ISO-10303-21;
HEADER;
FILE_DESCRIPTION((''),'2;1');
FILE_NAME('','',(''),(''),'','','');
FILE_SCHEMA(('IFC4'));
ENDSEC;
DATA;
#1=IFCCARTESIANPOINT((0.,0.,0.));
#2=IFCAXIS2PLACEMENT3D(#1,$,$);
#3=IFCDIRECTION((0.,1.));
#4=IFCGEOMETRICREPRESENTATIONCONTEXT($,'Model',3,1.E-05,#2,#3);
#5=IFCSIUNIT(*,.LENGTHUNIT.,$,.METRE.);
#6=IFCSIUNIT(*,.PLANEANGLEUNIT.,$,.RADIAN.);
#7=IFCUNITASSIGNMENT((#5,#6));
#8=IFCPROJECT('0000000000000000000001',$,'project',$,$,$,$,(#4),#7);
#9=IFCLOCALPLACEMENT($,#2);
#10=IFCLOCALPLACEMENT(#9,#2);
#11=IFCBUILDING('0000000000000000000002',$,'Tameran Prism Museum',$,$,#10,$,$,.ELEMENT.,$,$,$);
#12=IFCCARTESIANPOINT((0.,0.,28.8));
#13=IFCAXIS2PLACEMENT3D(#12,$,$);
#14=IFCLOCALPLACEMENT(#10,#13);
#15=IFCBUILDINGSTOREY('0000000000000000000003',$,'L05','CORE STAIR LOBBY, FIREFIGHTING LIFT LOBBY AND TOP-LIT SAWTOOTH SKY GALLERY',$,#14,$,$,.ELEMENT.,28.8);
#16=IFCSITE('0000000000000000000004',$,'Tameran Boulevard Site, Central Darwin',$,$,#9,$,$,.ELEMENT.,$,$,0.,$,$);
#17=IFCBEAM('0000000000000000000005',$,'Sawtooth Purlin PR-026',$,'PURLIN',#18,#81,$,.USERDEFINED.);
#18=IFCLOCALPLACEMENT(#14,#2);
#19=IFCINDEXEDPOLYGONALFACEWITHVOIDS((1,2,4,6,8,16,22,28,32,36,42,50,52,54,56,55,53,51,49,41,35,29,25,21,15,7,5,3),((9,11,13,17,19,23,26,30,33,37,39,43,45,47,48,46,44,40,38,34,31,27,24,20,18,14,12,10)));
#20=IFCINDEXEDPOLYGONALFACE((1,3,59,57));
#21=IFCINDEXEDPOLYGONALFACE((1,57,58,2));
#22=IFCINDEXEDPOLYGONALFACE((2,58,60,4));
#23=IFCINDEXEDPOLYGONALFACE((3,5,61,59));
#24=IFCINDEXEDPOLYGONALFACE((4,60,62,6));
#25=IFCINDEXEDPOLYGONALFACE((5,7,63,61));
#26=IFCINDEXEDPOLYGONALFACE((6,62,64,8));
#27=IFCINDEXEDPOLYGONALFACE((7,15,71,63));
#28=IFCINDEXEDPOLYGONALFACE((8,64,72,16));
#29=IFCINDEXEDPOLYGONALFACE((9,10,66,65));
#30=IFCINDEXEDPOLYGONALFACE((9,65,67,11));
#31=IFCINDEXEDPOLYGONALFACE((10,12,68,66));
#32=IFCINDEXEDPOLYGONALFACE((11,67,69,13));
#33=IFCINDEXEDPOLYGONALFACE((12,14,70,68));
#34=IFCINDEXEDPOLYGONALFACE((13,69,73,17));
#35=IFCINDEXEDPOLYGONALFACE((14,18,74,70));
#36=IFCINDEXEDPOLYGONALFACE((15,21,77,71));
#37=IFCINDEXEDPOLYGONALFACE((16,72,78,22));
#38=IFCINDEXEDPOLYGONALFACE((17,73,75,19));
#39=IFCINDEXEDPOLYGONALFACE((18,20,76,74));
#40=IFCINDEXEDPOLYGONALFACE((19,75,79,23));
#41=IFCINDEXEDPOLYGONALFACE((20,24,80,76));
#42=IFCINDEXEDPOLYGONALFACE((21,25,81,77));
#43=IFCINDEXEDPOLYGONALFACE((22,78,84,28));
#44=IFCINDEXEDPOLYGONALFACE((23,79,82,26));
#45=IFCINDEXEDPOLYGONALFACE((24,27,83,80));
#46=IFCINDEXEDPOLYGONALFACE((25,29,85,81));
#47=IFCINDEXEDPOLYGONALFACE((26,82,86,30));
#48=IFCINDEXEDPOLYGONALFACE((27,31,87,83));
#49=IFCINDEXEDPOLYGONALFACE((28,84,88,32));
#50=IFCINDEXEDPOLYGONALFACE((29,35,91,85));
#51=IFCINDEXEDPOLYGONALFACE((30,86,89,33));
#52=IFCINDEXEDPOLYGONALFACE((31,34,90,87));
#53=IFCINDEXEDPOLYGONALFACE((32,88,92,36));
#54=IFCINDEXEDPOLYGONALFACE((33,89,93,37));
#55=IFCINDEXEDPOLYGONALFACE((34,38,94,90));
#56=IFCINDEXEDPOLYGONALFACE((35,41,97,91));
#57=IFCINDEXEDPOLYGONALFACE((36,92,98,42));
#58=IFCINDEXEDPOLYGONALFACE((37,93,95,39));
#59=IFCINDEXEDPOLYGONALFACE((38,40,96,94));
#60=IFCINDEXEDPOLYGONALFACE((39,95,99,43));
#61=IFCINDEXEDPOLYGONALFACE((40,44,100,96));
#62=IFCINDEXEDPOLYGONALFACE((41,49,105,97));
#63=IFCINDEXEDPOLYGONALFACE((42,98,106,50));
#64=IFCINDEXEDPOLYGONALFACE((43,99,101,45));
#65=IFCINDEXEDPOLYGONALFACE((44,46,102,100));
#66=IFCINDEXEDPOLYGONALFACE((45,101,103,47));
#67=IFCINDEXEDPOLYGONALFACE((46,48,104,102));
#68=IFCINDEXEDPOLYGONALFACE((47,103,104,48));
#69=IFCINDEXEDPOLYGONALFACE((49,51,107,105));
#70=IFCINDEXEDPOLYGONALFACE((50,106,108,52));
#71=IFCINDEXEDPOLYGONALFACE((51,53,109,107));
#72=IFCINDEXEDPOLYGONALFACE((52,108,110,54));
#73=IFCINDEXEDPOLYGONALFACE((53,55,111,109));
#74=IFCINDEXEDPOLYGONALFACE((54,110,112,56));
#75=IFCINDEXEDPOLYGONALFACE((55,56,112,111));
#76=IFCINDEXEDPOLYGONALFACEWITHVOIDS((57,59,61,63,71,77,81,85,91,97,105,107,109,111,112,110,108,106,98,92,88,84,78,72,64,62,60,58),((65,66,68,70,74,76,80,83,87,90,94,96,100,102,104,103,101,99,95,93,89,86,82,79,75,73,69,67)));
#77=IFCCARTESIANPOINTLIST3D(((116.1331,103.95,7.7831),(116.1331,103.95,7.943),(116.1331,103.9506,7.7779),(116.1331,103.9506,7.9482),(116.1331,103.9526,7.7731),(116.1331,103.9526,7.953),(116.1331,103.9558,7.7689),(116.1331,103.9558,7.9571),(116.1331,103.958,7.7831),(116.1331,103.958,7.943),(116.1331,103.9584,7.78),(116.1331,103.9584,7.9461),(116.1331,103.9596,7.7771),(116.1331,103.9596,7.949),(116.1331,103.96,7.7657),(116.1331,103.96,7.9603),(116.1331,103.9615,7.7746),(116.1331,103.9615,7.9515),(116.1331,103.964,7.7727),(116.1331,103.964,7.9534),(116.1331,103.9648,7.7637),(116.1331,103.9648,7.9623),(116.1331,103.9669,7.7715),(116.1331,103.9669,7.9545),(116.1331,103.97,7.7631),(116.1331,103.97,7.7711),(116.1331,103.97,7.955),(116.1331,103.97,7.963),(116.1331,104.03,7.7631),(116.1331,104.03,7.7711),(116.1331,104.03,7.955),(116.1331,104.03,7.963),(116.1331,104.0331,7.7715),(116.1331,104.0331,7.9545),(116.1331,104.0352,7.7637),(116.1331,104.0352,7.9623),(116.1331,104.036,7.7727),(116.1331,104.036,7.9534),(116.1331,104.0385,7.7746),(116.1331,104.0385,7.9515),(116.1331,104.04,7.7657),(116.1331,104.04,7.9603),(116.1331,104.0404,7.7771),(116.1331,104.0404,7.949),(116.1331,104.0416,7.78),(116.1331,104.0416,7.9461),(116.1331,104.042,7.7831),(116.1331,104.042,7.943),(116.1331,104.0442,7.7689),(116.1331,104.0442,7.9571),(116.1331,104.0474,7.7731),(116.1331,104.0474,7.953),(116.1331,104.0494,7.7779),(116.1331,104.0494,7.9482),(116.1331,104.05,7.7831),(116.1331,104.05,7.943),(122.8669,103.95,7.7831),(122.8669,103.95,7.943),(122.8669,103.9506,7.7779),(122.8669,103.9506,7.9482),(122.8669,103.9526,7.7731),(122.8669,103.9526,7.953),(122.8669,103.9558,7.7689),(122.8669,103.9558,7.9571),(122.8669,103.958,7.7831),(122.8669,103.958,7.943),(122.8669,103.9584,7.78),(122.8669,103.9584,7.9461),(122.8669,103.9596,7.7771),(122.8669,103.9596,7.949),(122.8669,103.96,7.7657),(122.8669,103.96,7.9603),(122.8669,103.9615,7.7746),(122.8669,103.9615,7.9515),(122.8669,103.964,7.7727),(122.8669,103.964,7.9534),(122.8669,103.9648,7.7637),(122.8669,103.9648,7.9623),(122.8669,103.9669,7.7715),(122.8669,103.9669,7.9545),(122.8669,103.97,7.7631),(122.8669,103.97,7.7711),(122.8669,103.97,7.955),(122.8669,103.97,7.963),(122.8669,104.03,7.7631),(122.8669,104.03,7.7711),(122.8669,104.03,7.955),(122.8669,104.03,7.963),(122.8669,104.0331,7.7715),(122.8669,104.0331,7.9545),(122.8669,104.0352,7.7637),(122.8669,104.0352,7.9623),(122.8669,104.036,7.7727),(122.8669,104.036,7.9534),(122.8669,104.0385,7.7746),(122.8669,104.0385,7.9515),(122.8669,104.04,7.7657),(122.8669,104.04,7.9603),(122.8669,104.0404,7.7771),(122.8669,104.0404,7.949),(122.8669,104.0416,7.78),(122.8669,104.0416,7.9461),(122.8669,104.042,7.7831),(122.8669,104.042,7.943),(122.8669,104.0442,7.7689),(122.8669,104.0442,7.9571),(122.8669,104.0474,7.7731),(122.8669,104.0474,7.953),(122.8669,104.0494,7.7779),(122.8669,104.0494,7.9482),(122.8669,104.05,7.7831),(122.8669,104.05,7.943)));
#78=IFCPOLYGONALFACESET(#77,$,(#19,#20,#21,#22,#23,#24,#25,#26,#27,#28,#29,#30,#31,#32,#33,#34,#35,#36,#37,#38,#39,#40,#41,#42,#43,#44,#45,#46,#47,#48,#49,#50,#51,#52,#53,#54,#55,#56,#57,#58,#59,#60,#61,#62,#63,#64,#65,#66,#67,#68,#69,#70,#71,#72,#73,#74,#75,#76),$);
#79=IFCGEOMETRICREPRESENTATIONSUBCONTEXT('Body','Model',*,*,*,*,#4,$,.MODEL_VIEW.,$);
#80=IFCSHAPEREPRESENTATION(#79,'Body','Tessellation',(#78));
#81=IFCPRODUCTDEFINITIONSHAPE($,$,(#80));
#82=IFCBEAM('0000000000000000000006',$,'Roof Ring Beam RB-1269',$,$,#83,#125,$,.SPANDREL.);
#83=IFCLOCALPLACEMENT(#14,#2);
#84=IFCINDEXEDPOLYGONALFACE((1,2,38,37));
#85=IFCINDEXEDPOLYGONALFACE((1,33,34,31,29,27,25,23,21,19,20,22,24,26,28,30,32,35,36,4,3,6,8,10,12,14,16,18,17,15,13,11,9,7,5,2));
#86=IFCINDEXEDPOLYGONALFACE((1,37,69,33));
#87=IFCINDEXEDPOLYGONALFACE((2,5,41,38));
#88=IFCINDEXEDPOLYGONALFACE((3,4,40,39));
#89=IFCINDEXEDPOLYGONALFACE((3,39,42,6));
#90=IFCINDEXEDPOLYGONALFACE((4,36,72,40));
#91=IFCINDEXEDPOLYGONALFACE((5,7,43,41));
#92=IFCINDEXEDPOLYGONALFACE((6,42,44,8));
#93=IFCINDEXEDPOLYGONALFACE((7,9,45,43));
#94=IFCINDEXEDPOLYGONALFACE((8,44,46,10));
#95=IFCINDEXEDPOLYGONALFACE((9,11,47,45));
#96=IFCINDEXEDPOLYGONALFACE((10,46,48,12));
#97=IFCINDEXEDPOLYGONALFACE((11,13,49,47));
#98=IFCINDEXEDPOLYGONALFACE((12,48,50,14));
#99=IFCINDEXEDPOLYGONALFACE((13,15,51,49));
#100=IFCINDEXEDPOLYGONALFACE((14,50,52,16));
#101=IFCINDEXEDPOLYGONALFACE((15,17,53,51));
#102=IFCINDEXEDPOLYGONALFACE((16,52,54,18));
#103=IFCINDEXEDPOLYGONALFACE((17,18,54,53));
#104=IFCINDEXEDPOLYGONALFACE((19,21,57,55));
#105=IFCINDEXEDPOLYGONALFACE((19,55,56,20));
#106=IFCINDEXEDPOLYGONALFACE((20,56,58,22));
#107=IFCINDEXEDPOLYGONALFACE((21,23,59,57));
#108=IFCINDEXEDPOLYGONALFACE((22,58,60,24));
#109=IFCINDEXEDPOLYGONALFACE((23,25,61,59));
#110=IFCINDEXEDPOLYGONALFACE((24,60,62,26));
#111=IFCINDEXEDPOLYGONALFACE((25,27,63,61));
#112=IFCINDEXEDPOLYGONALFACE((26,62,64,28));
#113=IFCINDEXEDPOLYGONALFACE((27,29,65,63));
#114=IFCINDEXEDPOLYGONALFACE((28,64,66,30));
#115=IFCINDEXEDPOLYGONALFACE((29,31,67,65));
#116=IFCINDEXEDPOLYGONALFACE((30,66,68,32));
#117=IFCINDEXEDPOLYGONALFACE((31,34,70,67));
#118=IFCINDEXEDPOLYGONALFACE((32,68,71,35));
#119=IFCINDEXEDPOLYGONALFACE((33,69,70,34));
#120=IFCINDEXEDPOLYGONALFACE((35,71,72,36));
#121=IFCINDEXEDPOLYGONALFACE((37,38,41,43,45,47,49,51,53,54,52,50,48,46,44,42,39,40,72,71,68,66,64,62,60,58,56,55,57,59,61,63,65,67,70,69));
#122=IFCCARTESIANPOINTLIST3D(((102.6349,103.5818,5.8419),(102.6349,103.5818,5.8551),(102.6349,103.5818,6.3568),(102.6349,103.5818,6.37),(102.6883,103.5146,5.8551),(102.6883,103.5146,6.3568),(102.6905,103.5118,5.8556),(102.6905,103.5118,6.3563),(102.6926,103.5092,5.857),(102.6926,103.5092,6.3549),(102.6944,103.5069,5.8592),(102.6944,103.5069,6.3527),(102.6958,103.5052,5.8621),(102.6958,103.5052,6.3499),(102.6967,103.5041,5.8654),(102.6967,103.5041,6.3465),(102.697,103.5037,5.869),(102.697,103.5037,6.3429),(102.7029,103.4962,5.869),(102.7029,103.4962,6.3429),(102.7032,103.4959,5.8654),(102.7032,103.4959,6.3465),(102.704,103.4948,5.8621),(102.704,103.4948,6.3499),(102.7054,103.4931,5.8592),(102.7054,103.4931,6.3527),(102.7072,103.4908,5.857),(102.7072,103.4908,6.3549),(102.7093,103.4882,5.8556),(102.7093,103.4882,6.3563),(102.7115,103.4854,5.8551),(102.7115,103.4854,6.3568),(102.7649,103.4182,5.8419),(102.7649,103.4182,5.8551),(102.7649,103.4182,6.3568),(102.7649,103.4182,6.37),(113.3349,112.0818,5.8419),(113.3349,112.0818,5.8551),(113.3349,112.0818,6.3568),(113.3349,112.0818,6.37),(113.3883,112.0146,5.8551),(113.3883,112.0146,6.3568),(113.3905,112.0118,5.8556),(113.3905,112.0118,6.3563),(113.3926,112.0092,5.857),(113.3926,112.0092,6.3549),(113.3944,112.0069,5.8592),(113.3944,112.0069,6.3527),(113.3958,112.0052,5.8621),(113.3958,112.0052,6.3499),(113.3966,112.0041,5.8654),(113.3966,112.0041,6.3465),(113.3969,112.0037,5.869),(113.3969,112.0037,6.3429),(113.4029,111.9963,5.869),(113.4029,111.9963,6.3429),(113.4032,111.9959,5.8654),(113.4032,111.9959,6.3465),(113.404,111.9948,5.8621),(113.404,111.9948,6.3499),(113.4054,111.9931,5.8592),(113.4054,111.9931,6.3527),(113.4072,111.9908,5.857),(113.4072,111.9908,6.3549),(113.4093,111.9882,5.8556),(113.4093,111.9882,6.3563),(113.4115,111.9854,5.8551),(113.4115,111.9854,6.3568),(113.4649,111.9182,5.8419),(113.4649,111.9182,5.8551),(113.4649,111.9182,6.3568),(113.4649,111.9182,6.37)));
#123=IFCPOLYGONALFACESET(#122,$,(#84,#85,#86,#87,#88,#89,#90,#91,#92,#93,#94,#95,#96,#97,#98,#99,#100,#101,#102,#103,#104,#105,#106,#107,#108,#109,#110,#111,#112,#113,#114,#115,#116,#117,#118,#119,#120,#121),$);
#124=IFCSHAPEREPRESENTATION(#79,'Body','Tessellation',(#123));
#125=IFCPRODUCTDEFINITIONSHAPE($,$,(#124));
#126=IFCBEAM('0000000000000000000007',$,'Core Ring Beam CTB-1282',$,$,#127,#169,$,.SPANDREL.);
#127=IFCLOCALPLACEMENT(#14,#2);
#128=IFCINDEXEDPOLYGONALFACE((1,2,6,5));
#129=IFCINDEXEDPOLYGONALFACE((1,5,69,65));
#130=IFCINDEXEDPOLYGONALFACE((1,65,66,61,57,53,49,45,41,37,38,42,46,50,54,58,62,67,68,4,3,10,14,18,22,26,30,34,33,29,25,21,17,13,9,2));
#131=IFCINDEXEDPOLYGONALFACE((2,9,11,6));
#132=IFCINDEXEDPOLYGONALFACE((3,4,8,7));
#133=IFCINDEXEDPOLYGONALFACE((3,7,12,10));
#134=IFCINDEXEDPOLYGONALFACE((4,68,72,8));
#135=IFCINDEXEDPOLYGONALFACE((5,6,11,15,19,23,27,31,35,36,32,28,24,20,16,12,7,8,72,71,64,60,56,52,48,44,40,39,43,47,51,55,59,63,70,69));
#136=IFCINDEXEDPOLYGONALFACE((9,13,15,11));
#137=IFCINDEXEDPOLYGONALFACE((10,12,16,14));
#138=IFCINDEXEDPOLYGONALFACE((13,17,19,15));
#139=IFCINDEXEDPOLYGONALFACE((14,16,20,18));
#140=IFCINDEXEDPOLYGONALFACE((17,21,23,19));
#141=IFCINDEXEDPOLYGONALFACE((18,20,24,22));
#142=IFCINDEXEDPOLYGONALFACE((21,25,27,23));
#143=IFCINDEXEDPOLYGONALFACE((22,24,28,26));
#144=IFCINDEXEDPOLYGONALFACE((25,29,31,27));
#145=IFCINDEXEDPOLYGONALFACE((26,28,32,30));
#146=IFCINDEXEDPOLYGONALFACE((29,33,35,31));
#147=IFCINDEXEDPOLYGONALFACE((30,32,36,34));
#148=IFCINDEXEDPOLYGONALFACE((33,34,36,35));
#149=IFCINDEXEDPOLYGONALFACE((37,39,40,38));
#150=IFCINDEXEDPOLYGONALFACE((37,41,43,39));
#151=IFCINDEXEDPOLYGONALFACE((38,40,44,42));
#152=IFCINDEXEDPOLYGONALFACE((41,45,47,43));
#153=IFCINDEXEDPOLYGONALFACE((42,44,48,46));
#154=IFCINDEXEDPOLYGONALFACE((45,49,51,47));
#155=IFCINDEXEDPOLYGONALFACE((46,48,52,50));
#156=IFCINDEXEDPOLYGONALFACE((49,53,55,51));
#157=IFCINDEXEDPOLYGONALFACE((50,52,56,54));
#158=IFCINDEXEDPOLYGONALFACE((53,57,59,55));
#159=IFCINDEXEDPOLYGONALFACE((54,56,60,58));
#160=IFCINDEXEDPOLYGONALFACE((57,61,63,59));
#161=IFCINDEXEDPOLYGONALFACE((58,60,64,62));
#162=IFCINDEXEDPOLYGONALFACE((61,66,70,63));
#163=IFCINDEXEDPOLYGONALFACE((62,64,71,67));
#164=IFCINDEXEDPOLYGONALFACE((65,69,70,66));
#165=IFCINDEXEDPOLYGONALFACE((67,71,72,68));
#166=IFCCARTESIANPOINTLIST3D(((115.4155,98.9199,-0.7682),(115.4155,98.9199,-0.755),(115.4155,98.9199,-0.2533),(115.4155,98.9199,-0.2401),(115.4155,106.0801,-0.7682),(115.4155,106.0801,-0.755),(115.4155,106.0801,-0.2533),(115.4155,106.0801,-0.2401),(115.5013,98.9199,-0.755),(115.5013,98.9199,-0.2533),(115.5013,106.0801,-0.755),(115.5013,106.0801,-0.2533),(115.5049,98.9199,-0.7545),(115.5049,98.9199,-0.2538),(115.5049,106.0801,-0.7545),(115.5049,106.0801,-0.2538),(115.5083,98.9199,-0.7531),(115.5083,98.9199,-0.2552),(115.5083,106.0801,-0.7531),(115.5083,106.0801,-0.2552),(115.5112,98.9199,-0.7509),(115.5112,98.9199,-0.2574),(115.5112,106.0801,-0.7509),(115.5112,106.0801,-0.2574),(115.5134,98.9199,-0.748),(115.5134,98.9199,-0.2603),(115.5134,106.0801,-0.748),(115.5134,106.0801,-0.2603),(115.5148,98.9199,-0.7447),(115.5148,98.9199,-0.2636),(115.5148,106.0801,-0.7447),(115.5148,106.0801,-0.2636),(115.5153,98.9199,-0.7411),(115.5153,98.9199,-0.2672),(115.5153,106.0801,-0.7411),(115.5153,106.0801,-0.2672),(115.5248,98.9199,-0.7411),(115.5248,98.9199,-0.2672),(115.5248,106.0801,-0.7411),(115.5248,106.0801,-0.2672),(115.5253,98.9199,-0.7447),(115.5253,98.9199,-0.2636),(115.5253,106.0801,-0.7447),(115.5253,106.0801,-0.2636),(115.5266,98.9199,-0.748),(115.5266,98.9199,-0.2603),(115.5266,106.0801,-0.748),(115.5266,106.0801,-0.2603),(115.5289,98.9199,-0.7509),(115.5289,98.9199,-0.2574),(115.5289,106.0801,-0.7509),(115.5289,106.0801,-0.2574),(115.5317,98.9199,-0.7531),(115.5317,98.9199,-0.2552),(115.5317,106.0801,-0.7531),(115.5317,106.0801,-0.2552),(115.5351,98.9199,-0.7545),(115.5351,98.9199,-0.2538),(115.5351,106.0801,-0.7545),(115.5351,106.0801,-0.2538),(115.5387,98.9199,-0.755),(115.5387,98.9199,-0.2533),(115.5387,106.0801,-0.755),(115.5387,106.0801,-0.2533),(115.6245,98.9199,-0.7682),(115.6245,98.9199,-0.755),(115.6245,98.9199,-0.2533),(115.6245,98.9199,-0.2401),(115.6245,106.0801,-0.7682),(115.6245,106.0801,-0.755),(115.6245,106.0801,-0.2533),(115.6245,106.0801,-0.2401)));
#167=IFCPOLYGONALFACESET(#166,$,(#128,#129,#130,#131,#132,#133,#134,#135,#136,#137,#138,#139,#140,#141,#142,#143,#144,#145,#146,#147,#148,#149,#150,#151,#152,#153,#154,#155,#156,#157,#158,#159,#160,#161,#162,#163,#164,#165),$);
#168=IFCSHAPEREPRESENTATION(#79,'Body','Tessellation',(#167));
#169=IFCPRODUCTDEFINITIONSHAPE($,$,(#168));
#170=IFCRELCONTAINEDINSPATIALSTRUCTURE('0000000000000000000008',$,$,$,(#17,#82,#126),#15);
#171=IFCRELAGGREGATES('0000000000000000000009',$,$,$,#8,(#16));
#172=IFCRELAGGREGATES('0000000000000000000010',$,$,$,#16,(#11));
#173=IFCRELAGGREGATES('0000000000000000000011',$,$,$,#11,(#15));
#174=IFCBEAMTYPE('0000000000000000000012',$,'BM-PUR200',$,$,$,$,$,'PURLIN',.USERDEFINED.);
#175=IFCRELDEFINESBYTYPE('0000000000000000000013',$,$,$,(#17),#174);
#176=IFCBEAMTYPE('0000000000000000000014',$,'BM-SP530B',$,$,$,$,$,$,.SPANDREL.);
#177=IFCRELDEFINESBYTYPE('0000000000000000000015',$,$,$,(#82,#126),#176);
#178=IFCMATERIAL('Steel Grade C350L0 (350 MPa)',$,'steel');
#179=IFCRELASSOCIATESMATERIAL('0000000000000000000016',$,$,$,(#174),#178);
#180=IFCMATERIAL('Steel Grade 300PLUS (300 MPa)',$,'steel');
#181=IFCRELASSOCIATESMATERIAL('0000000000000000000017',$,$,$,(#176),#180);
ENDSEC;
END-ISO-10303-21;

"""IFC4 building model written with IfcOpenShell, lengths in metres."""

from ifc_helpers import new_model, si_unit, direction, frame, origin, origin_2d, place, context, subcontext, project, spatial, hollow_rectangle, i_section, extrude, material, material_profile, profile_set, type_object, element, save


model = new_model("IFC4")

# Units and contexts
model_context = context("Model", 3, precision=1e-05, world=origin(), true_north=direction((0.0, 1.0)))
body_context = subcontext(model_context, "Body", "Model", "MODEL_VIEW")
ifc_project = project(units=[si_unit("LENGTHUNIT", "METRE"), si_unit("PLANEANGLEUNIT", "RADIAN")], contexts=[model_context])

# Site, building, storey
site_placement = place(None, origin())
site = spatial("IfcSite", under=ifc_project, at=site_placement, Name="Tameran Boulevard Site, Central Darwin", CompositionType="ELEMENT", RefElevation=0.0)
building_placement = place(site_placement, origin())
building = spatial("IfcBuilding", under=site, at=building_placement, Name="Tameran Prism Museum", CompositionType="ELEMENT")
storey_placement = place(building_placement, frame((0.0, 0.0, 28.8)))
storey = spatial("IfcBuildingStorey", under=building, at=storey_placement, Name="L05", Description="CORE STAIR LOBBY, FIREFIGHTING LIFT LOBBY AND TOP-LIT SAWTOOTH SKY GALLERY", CompositionType="ELEMENT", Elevation=28.8)

# Beams
ifc_material_1 = material(Name="Steel Grade C350L0 (350 MPa)", Category="steel")
ifc_material_profile_1 = material_profile(ifc_material_1, hollow_rectangle(XDim=0.1001, YDim=0.2, WallThickness=0.0081, InnerFilletRadius=0.012, OuterFilletRadius=0.02, at=origin_2d()))
ifc_profile_set_1 = profile_set([ifc_material_profile_1])
beam_type_1 = type_object("IfcBeamType", Name="BM-PUR200", ElementType="PURLIN", PredefinedType="USERDEFINED", material=ifc_profile_set_1)
beam_1_placement = place(storey_placement, frame((116.1331, 104.0, 7.863), z_axis=(1.0, 0.0, 0.0), x_axis=(0.0, 1.0, 0.0)))
element("IfcBeam", 1, at=beam_1_placement, inside=storey, type_object=beam_type_1, Name="Sawtooth Purlin PR-026", ObjectType="PURLIN", PredefinedType="USERDEFINED", context=body_context, shape_type="SweptSolid", body=[
    extrude(hollow_rectangle(XDim=0.1001, YDim=0.2, WallThickness=0.0081, InnerFilletRadius=0.012, OuterFilletRadius=0.02, at=origin_2d()), origin(), (0.0, 0.0, 1.0), 6.7339),
])
ifc_material_2 = material(Name="Steel Grade 300PLUS (300 MPa)", Category="steel")
ifc_material_profile_2 = material_profile(ifc_material_2, i_section(OverallWidth=0.209, OverallDepth=0.5281, WebThickness=0.0095, FlangeThickness=0.0132, FilletRadius=0.0139, at=origin_2d()))
ifc_profile_set_2 = profile_set([ifc_material_profile_2])
beam_type_2 = type_object("IfcBeamType", Name="BM-SP530B", PredefinedType="SPANDREL", material=ifc_profile_set_2)
beam_2_placement = place(storey_placement, frame((113.3999, 112.0, 6.106), z_axis=(-0.783005, -0.622016, 0.0), x_axis=(0.622016, -0.783005, 0.0)))
element("IfcBeam", 2, at=beam_2_placement, inside=storey, type_object=beam_type_2, Name="Roof Ring Beam RB-1269", PredefinedType="SPANDREL", context=body_context, shape_type="SweptSolid", body=[
    extrude(i_section(OverallWidth=0.209, OverallDepth=0.5281, WebThickness=0.0095, FlangeThickness=0.0132, FilletRadius=0.0139, at=origin_2d()), origin(), (0.0, 0.0, 1.0), 13.6653),
])
beam_3_placement = place(storey_placement, frame((115.52, 106.0801, -0.5042), z_axis=(0.0, -1.0, 0.0), x_axis=(1.0, 0.0, 0.0)))
element("IfcBeam", 3, at=beam_3_placement, inside=storey, type_object=beam_type_2, Name="Core Ring Beam CTB-1282", PredefinedType="SPANDREL", context=body_context, shape_type="SweptSolid", body=[
    extrude(i_section(OverallWidth=0.209, OverallDepth=0.5281, WebThickness=0.0095, FlangeThickness=0.0132, FilletRadius=0.0139, at=origin_2d()), origin(), (0.0, 0.0, 1.0), 7.1602),
])

save(model, "model.ifc")
